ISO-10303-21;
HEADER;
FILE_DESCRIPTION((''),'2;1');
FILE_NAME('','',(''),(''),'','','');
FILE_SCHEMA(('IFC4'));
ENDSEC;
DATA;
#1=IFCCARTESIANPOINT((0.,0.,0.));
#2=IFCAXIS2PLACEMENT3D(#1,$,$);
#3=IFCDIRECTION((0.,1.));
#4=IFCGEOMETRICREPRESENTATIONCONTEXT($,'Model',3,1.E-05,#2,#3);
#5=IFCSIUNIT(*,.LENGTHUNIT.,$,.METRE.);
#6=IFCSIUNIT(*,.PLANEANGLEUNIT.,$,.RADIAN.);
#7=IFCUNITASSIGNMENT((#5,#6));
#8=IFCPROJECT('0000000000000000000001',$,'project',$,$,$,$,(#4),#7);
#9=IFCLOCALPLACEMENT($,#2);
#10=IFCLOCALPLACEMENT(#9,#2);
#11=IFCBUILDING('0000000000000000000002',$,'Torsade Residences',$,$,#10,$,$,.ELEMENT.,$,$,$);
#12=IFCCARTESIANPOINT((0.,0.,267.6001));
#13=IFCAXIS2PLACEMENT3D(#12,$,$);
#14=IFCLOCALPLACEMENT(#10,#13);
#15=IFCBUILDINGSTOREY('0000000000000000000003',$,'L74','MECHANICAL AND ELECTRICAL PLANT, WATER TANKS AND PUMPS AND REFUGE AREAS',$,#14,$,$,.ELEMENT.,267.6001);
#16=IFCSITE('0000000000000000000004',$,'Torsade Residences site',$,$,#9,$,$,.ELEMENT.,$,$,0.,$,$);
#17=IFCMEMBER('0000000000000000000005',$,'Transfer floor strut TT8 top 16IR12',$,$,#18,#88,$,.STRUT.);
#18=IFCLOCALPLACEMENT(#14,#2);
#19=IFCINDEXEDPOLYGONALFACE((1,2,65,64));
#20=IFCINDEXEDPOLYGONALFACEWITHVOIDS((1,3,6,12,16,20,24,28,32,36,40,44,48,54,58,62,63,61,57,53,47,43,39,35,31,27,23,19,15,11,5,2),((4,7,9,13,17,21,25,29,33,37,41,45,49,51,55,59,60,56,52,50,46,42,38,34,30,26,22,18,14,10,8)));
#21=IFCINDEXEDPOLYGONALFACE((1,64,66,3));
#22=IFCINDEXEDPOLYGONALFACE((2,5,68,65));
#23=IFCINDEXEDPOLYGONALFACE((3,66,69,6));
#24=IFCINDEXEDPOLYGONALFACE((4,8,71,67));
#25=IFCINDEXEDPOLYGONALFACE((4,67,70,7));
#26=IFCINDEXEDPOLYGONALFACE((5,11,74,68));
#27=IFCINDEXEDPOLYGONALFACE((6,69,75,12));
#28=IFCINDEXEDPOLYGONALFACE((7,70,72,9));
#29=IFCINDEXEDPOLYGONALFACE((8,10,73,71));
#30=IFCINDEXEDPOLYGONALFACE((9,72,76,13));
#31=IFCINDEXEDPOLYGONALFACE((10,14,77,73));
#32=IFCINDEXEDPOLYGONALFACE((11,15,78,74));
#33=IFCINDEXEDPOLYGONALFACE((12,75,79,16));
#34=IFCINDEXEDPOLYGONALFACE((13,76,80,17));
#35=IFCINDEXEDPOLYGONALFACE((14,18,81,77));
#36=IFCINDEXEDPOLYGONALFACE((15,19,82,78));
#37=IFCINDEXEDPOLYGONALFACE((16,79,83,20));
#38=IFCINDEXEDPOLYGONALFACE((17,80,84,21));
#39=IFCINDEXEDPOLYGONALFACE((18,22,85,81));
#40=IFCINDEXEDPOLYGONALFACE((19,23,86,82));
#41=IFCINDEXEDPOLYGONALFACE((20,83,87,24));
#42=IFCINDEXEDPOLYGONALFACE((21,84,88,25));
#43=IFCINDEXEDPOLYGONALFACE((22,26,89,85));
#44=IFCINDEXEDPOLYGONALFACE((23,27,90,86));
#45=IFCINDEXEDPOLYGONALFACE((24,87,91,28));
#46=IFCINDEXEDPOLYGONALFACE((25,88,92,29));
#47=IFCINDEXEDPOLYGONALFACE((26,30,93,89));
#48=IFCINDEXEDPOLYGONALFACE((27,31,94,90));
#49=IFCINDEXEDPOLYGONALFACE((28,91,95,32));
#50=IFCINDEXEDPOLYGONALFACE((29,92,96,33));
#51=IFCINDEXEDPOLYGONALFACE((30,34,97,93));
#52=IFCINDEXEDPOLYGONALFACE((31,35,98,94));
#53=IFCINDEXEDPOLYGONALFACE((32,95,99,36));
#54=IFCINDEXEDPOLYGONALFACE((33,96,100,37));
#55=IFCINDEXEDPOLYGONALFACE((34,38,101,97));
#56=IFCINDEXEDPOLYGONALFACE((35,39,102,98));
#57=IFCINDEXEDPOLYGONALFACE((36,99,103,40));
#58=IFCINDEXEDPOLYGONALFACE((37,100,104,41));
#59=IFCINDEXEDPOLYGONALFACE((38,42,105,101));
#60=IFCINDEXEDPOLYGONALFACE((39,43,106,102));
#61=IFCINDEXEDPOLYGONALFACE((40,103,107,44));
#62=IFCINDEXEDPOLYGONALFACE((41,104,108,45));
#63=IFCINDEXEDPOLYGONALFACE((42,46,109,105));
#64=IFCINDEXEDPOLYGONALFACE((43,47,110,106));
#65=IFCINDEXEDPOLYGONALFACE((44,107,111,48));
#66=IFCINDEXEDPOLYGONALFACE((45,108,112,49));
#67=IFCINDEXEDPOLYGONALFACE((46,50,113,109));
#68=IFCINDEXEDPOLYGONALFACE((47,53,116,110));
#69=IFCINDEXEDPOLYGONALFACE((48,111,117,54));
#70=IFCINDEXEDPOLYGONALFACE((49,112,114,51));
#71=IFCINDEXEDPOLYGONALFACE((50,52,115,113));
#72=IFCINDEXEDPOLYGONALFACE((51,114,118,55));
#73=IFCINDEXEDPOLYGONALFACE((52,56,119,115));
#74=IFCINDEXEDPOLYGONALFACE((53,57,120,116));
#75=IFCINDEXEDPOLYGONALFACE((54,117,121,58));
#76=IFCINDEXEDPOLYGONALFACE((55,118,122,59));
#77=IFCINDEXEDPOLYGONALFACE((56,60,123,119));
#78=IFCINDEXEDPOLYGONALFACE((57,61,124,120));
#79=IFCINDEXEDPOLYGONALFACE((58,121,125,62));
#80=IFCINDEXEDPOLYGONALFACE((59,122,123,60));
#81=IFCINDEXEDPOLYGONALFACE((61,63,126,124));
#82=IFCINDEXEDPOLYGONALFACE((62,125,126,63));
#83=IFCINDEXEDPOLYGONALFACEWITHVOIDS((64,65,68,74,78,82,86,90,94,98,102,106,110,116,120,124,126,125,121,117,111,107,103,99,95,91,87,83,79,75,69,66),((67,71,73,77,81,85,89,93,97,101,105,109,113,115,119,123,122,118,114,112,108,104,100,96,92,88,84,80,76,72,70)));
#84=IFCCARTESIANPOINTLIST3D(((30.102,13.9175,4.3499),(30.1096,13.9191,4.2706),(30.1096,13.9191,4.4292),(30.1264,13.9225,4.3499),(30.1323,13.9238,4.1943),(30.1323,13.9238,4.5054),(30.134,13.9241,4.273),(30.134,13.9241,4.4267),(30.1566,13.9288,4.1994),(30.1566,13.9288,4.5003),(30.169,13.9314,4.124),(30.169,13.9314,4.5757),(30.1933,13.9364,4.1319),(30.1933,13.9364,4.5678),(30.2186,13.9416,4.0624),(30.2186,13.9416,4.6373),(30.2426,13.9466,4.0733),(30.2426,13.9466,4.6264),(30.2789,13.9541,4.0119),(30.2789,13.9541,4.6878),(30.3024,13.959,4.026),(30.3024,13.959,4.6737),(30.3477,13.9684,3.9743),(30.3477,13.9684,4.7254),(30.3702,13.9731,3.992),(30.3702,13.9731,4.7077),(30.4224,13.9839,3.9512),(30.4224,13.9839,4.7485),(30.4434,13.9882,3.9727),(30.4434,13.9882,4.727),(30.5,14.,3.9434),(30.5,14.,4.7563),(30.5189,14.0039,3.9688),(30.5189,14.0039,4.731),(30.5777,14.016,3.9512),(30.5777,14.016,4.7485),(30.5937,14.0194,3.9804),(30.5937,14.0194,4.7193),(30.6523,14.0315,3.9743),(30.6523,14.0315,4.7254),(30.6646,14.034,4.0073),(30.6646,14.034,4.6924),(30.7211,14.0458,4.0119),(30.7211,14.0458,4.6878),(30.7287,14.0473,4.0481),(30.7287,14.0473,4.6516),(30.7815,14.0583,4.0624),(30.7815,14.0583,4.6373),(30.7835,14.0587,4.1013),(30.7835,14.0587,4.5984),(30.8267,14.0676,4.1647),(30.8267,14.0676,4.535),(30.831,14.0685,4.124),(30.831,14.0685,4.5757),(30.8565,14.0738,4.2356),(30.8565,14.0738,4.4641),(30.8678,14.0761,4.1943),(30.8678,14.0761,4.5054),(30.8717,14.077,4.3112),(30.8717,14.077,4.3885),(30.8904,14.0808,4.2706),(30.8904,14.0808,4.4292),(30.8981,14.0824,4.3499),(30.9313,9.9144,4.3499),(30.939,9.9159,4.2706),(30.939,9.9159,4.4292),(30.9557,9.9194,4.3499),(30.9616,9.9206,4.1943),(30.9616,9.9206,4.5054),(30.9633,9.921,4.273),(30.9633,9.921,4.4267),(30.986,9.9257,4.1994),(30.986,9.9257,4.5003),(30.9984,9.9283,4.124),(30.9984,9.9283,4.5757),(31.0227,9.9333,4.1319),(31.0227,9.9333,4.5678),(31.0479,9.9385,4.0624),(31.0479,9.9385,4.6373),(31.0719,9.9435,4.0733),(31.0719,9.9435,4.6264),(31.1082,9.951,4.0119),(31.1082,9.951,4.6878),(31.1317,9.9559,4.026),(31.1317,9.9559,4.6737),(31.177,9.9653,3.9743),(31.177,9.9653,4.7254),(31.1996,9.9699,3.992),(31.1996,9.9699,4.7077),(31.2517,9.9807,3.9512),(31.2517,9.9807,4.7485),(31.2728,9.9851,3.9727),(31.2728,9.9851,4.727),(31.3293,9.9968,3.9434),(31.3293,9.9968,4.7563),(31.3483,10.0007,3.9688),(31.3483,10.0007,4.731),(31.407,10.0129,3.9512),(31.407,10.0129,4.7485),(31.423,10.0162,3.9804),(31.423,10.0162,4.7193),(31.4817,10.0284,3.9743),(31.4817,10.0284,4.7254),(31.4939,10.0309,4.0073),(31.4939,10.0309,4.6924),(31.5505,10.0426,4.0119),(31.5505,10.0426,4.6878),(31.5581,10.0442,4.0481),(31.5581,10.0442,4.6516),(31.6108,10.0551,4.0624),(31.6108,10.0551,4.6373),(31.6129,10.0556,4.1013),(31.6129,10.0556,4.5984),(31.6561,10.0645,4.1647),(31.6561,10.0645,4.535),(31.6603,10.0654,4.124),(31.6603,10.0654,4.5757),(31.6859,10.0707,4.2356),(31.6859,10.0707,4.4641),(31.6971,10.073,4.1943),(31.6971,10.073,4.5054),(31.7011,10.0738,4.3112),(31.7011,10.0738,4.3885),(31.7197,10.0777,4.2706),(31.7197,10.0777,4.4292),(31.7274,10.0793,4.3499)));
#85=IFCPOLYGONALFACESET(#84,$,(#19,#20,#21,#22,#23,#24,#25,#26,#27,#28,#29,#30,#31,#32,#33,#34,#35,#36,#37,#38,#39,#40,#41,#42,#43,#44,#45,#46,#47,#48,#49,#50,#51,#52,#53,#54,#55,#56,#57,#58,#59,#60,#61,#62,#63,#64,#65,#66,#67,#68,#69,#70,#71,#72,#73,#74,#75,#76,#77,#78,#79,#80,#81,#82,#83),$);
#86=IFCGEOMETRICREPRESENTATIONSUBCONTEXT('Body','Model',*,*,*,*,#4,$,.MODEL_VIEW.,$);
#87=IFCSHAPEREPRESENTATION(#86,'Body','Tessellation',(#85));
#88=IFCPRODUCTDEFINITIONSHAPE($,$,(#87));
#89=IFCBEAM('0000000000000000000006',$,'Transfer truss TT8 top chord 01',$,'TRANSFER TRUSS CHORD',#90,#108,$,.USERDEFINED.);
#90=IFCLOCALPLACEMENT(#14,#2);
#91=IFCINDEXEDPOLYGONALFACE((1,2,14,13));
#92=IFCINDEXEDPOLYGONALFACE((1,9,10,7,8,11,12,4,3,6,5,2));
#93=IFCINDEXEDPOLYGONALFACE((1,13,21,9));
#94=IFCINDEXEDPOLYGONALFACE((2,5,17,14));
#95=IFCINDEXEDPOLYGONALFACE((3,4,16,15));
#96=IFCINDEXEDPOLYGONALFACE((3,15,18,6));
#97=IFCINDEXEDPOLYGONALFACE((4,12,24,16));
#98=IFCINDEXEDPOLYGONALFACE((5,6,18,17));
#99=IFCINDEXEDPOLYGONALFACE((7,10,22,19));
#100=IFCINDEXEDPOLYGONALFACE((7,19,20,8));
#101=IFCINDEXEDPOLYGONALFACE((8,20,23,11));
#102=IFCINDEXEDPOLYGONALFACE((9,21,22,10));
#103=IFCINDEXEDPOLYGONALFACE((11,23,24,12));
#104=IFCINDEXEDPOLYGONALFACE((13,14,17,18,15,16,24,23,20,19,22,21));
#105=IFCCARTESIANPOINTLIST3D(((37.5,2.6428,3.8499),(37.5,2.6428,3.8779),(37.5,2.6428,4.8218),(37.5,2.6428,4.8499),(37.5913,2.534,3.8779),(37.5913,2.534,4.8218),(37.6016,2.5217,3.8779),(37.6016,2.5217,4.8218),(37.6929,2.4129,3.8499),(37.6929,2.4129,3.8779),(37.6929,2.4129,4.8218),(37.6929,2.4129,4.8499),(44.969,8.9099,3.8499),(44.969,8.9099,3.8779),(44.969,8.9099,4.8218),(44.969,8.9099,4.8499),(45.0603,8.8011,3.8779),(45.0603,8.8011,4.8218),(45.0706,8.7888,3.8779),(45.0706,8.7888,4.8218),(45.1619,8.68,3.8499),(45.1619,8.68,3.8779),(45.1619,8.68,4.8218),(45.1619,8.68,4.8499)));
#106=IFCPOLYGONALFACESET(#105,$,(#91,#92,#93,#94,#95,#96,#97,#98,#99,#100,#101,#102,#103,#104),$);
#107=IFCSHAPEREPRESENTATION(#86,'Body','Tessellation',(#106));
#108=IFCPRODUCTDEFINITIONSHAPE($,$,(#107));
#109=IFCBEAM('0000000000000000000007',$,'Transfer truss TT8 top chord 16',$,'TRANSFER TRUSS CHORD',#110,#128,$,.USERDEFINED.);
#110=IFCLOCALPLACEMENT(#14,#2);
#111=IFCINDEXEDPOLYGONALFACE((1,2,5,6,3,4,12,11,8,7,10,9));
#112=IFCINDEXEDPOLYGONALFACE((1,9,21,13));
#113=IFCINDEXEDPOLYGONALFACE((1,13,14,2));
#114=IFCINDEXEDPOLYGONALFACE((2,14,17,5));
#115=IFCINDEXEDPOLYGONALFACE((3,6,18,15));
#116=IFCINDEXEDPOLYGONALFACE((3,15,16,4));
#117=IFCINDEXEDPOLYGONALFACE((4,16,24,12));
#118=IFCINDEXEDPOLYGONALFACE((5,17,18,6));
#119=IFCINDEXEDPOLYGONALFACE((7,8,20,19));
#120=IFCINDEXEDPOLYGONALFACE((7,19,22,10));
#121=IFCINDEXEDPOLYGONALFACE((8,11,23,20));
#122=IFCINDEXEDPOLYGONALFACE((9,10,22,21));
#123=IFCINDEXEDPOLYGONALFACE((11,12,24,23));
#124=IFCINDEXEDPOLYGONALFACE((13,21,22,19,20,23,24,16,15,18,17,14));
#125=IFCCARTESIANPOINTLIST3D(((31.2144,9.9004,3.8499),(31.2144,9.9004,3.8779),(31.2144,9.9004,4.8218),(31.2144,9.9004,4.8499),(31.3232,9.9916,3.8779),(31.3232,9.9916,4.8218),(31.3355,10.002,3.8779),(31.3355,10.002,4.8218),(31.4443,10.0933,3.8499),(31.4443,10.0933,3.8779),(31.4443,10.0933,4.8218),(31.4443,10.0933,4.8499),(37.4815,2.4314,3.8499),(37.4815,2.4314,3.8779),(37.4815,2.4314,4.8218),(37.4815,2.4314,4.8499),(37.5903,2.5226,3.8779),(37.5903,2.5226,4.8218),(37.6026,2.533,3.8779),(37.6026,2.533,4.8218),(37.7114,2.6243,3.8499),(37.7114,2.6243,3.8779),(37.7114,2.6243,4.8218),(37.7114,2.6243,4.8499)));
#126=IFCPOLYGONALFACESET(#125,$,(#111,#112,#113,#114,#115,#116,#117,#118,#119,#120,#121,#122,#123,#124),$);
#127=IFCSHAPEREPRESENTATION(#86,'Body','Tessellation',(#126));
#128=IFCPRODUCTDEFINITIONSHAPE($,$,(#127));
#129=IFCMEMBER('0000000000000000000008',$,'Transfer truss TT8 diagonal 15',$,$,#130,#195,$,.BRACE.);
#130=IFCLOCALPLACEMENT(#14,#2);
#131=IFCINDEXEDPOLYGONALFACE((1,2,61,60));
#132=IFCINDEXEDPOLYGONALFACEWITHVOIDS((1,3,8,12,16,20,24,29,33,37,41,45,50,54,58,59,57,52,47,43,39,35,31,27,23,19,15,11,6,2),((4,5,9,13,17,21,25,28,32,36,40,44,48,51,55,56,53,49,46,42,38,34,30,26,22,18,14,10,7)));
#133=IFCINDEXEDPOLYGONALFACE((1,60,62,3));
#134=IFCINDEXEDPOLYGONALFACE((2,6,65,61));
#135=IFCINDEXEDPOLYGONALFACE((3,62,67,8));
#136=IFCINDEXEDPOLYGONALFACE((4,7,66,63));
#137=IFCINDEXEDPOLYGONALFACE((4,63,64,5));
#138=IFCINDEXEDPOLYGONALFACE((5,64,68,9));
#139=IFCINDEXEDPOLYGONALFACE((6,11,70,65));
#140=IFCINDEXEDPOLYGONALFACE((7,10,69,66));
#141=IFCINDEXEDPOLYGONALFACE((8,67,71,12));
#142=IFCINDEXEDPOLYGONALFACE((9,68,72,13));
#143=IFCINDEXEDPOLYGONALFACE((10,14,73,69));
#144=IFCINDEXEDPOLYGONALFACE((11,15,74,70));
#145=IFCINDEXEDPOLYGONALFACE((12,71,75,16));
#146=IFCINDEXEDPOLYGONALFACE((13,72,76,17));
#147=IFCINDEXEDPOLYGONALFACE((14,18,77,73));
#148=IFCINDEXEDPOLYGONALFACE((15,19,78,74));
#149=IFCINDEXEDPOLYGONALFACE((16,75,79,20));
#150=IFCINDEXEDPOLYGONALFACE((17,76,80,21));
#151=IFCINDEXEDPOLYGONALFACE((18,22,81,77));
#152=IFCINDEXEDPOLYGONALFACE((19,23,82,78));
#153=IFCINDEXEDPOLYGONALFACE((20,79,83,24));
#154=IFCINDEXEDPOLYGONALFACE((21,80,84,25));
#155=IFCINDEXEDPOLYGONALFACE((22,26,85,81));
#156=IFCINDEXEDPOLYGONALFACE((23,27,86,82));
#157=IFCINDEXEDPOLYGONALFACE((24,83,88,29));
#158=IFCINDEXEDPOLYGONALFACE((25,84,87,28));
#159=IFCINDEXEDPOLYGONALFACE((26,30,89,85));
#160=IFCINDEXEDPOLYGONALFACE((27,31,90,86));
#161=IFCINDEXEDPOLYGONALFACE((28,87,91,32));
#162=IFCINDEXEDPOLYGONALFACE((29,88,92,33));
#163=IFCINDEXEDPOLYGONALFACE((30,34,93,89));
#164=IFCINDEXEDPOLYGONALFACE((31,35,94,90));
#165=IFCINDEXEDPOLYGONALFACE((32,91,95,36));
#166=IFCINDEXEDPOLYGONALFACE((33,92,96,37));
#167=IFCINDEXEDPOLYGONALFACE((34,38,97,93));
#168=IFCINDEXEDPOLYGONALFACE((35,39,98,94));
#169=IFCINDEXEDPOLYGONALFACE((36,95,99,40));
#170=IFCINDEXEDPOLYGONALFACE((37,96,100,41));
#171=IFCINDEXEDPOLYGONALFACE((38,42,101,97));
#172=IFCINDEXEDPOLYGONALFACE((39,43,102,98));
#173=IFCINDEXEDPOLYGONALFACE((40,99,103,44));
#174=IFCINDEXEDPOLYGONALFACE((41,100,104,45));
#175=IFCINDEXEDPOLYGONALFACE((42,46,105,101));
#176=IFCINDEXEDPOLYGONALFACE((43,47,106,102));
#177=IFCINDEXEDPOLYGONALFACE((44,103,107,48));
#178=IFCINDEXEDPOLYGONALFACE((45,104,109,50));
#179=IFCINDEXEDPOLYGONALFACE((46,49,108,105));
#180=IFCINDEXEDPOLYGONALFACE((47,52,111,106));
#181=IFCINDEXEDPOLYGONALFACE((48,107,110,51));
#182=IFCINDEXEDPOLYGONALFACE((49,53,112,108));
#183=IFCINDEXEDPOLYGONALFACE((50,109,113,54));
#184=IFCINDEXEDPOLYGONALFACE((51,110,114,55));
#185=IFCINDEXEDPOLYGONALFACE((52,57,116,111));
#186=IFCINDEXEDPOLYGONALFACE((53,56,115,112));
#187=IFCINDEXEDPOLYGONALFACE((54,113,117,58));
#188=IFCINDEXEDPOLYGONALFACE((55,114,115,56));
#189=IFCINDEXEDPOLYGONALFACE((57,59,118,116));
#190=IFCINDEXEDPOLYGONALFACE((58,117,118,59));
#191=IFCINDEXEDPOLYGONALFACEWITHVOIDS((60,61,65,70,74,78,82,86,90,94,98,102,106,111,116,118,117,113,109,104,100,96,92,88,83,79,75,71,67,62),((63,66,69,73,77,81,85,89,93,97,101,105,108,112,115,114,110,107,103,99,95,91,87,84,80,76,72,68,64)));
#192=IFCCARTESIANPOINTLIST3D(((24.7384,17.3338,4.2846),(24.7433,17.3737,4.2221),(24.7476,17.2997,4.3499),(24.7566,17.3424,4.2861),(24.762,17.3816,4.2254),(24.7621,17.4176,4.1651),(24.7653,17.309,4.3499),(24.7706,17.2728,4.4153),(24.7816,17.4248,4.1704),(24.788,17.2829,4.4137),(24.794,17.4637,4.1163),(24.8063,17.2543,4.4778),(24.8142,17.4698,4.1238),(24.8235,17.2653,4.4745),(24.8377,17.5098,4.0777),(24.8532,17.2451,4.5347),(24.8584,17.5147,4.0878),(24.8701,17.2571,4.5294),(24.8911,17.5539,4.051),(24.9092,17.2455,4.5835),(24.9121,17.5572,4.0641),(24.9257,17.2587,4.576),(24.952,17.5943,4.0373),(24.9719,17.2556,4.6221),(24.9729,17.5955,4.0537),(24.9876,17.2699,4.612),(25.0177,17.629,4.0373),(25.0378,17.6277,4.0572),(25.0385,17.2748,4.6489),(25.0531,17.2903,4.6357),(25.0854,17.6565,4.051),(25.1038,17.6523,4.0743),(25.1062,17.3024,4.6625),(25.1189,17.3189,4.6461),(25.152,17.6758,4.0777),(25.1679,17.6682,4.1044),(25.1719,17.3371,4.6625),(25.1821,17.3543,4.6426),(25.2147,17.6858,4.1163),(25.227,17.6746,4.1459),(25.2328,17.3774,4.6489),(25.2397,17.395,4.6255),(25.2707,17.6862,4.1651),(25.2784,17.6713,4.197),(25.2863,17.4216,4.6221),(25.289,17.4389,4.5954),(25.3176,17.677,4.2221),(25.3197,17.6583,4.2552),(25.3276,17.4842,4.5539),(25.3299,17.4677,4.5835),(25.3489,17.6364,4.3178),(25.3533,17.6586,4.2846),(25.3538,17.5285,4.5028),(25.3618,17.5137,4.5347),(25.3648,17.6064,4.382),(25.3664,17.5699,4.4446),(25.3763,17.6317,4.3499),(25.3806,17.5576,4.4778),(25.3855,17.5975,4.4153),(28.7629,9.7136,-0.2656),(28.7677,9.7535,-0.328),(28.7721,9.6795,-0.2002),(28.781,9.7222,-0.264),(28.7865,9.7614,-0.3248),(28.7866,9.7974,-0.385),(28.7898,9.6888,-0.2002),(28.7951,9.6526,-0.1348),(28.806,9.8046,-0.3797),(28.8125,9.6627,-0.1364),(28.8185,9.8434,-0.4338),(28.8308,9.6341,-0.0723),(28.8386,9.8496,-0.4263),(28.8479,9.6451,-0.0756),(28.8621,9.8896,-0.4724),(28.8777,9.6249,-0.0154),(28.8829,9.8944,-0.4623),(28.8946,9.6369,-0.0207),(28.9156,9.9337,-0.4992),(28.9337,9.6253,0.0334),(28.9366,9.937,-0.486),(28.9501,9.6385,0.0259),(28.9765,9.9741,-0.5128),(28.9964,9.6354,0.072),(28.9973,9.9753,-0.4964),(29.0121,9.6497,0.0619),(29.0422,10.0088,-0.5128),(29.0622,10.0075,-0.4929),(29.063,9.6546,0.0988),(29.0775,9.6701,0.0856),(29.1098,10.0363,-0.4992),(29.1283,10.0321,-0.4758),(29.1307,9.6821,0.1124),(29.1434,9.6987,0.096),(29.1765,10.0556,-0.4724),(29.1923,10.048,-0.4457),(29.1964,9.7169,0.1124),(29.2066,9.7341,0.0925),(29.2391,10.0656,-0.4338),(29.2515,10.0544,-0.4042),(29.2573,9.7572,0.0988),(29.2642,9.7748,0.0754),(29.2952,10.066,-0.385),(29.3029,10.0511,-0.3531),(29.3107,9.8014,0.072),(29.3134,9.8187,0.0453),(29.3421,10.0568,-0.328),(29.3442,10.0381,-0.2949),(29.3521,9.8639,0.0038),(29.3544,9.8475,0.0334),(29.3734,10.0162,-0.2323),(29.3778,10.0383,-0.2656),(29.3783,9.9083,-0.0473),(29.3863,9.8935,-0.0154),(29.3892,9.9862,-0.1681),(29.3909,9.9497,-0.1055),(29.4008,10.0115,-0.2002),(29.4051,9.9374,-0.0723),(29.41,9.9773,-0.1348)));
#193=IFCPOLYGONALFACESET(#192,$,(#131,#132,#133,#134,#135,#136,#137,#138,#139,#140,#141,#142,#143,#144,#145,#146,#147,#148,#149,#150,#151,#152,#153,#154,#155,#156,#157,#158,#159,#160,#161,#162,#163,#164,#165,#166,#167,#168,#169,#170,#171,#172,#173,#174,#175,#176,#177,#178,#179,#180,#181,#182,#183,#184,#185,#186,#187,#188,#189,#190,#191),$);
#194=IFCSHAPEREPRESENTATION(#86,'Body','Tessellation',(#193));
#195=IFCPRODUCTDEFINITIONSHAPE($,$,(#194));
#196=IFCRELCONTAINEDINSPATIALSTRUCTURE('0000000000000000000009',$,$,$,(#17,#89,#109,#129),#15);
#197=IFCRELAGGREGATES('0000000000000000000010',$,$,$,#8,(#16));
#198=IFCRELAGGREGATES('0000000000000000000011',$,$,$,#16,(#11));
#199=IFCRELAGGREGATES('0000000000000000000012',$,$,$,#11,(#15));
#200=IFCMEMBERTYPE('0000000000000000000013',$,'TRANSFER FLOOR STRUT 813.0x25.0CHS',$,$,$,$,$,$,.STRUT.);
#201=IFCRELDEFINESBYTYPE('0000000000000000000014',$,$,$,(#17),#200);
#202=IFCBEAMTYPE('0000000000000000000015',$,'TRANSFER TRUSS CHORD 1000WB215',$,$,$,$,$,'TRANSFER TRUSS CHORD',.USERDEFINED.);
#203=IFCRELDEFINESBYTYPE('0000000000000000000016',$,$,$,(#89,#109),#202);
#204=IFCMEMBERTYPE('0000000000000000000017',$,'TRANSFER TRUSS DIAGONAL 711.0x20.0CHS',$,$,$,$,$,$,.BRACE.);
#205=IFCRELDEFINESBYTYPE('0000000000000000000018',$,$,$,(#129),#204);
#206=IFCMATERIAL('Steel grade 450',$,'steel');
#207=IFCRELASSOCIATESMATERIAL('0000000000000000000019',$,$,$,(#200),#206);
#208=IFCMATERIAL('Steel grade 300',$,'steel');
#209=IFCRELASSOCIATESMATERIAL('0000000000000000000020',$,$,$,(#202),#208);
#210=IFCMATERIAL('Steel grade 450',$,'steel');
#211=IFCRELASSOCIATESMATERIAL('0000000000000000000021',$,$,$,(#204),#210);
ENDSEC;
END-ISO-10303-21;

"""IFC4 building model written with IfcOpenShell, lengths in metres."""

from ifc_helpers import new_model, si_unit, direction, frame, origin, origin_2d, place, context, subcontext, project, spatial, hollow_circle, i_section, extrude, material, material_profile, profile_set, type_object, element, save


model = new_model("IFC4")

# Units and contexts
model_context = context("Model", 3, precision=1e-05, world=origin(), true_north=direction((0.0, 1.0)))
body_context = subcontext(model_context, "Body", "Model", "MODEL_VIEW")
ifc_project = project(units=[si_unit("LENGTHUNIT", "METRE"), si_unit("PLANEANGLEUNIT", "RADIAN")], contexts=[model_context])

# Site, building, storey
site_placement = place(None, origin())
site = spatial("IfcSite", under=ifc_project, at=site_placement, Name="Torsade Residences site", CompositionType="ELEMENT", RefElevation=0.0)
building_placement = place(site_placement, origin())
building = spatial("IfcBuilding", under=site, at=building_placement, Name="Torsade Residences", CompositionType="ELEMENT")
storey_placement = place(building_placement, frame((0.0, 0.0, 267.6001)))
storey = spatial("IfcBuildingStorey", under=building, at=storey_placement, Name="L74", Description="MECHANICAL AND ELECTRICAL PLANT, WATER TANKS AND PUMPS AND REFUGE AREAS", CompositionType="ELEMENT", Elevation=267.6001)

# Member
ifc_material_1 = material(Name="Steel grade 450", Category="steel")
ifc_material_profile_1 = material_profile(ifc_material_1, hollow_circle(Radius=0.4065, WallThickness=0.0249, at=origin_2d()), Name="813.0x25.0CHS")
ifc_profile_set_1 = profile_set([ifc_material_profile_1], Name="Steel grade 450")
member_type_1 = type_object("IfcMemberType", Name="TRANSFER FLOOR STRUT 813.0x25.0CHS", PredefinedType="STRUT", material=ifc_profile_set_1)
member_1_placement = place(storey_placement, frame((31.3293, 9.9968, 4.3499), z_axis=(-0.202864, 0.979207, 0.0), x_axis=(-0.979207, -0.202864, 0.0)))
element("IfcMember", 1, at=member_1_placement, inside=storey, type_object=member_type_1, Name="Transfer floor strut TT8 top 16IR12", PredefinedType="STRUT", context=body_context, shape_type="SweptSolid", body=[
    extrude(hollow_circle(Radius=0.4065, WallThickness=0.0249, at=origin_2d()), origin(), (0.0, 0.0, 1.0), 4.0881),
])

# Beams
ifc_material_2 = material(Name="Steel grade 300", Category="steel")
ifc_material_profile_2 = material_profile(ifc_material_2, i_section(OverallWidth=0.3, OverallDepth=1.0, WebThickness=0.0161, FlangeThickness=0.0281, at=origin_2d()), Name="1000WB215")
ifc_profile_set_2 = profile_set([ifc_material_profile_2], Name="Steel grade 300")
beam_type_1 = type_object("IfcBeamType", Name="TRANSFER TRUSS CHORD 1000WB215", ElementType="TRANSFER TRUSS CHORD", PredefinedType="USERDEFINED", material=ifc_profile_set_2)
for number, where, z_axis, x_axis, name in (
    (2, (37.5964, 2.5278, 4.3499), (0.766052, 0.642779, 0.0), (-0.642779, 0.766052, 0.0), "Transfer truss TT8 top chord 01"),
    (3, (31.3293, 9.9968, 4.3499), (0.642779, -0.766052, 0.0), (0.766052, 0.642779, 0.0), "Transfer truss TT8 top chord 16"),
):
    element("IfcBeam", number, at=place(storey_placement, frame(where, z_axis=z_axis, x_axis=x_axis)), inside=storey, type_object=beam_type_1, Name=name, ObjectType="TRANSFER TRUSS CHORD", PredefinedType="USERDEFINED", context=body_context, shape_type="SweptSolid", body=[
        extrude(i_section(OverallWidth=0.3, OverallDepth=1.0, WebThickness=0.0161, FlangeThickness=0.0281, at=origin_2d()), origin(), (0.0, 0.0, 1.0), 9.75),
    ])

# Member
ifc_material_3 = material(Name="Steel grade 450", Category="steel")
ifc_material_profile_3 = material_profile(ifc_material_3, hollow_circle(Radius=0.3555, WallThickness=0.02, at=origin_2d()), Name="711.0x20.0CHS")
ifc_profile_set_3 = profile_set([ifc_material_profile_3], Name="Steel grade 450")
member_type_2 = type_object("IfcMemberType", Name="TRANSFER TRUSS DIAGONAL 711.0x20.0CHS", PredefinedType="BRACE", material=ifc_profile_set_3)
member_2_placement = place(storey_placement, frame((29.0864, 9.8455, -0.2002), z_axis=(-0.412972, 0.781951, 0.466911), x_axis=(-0.884256, -0.467002, 0.0)))
element("IfcMember", 4, at=member_2_placement, inside=storey, type_object=member_type_2, Name="Transfer truss TT8 diagonal 15", PredefinedType="BRACE", context=body_context, shape_type="SweptSolid", body=[
    extrude(hollow_circle(Radius=0.3555, WallThickness=0.02, at=origin_2d()), origin(), (0.0, 0.0, 1.0), 9.7451),
])

save(model, "model.ifc")
